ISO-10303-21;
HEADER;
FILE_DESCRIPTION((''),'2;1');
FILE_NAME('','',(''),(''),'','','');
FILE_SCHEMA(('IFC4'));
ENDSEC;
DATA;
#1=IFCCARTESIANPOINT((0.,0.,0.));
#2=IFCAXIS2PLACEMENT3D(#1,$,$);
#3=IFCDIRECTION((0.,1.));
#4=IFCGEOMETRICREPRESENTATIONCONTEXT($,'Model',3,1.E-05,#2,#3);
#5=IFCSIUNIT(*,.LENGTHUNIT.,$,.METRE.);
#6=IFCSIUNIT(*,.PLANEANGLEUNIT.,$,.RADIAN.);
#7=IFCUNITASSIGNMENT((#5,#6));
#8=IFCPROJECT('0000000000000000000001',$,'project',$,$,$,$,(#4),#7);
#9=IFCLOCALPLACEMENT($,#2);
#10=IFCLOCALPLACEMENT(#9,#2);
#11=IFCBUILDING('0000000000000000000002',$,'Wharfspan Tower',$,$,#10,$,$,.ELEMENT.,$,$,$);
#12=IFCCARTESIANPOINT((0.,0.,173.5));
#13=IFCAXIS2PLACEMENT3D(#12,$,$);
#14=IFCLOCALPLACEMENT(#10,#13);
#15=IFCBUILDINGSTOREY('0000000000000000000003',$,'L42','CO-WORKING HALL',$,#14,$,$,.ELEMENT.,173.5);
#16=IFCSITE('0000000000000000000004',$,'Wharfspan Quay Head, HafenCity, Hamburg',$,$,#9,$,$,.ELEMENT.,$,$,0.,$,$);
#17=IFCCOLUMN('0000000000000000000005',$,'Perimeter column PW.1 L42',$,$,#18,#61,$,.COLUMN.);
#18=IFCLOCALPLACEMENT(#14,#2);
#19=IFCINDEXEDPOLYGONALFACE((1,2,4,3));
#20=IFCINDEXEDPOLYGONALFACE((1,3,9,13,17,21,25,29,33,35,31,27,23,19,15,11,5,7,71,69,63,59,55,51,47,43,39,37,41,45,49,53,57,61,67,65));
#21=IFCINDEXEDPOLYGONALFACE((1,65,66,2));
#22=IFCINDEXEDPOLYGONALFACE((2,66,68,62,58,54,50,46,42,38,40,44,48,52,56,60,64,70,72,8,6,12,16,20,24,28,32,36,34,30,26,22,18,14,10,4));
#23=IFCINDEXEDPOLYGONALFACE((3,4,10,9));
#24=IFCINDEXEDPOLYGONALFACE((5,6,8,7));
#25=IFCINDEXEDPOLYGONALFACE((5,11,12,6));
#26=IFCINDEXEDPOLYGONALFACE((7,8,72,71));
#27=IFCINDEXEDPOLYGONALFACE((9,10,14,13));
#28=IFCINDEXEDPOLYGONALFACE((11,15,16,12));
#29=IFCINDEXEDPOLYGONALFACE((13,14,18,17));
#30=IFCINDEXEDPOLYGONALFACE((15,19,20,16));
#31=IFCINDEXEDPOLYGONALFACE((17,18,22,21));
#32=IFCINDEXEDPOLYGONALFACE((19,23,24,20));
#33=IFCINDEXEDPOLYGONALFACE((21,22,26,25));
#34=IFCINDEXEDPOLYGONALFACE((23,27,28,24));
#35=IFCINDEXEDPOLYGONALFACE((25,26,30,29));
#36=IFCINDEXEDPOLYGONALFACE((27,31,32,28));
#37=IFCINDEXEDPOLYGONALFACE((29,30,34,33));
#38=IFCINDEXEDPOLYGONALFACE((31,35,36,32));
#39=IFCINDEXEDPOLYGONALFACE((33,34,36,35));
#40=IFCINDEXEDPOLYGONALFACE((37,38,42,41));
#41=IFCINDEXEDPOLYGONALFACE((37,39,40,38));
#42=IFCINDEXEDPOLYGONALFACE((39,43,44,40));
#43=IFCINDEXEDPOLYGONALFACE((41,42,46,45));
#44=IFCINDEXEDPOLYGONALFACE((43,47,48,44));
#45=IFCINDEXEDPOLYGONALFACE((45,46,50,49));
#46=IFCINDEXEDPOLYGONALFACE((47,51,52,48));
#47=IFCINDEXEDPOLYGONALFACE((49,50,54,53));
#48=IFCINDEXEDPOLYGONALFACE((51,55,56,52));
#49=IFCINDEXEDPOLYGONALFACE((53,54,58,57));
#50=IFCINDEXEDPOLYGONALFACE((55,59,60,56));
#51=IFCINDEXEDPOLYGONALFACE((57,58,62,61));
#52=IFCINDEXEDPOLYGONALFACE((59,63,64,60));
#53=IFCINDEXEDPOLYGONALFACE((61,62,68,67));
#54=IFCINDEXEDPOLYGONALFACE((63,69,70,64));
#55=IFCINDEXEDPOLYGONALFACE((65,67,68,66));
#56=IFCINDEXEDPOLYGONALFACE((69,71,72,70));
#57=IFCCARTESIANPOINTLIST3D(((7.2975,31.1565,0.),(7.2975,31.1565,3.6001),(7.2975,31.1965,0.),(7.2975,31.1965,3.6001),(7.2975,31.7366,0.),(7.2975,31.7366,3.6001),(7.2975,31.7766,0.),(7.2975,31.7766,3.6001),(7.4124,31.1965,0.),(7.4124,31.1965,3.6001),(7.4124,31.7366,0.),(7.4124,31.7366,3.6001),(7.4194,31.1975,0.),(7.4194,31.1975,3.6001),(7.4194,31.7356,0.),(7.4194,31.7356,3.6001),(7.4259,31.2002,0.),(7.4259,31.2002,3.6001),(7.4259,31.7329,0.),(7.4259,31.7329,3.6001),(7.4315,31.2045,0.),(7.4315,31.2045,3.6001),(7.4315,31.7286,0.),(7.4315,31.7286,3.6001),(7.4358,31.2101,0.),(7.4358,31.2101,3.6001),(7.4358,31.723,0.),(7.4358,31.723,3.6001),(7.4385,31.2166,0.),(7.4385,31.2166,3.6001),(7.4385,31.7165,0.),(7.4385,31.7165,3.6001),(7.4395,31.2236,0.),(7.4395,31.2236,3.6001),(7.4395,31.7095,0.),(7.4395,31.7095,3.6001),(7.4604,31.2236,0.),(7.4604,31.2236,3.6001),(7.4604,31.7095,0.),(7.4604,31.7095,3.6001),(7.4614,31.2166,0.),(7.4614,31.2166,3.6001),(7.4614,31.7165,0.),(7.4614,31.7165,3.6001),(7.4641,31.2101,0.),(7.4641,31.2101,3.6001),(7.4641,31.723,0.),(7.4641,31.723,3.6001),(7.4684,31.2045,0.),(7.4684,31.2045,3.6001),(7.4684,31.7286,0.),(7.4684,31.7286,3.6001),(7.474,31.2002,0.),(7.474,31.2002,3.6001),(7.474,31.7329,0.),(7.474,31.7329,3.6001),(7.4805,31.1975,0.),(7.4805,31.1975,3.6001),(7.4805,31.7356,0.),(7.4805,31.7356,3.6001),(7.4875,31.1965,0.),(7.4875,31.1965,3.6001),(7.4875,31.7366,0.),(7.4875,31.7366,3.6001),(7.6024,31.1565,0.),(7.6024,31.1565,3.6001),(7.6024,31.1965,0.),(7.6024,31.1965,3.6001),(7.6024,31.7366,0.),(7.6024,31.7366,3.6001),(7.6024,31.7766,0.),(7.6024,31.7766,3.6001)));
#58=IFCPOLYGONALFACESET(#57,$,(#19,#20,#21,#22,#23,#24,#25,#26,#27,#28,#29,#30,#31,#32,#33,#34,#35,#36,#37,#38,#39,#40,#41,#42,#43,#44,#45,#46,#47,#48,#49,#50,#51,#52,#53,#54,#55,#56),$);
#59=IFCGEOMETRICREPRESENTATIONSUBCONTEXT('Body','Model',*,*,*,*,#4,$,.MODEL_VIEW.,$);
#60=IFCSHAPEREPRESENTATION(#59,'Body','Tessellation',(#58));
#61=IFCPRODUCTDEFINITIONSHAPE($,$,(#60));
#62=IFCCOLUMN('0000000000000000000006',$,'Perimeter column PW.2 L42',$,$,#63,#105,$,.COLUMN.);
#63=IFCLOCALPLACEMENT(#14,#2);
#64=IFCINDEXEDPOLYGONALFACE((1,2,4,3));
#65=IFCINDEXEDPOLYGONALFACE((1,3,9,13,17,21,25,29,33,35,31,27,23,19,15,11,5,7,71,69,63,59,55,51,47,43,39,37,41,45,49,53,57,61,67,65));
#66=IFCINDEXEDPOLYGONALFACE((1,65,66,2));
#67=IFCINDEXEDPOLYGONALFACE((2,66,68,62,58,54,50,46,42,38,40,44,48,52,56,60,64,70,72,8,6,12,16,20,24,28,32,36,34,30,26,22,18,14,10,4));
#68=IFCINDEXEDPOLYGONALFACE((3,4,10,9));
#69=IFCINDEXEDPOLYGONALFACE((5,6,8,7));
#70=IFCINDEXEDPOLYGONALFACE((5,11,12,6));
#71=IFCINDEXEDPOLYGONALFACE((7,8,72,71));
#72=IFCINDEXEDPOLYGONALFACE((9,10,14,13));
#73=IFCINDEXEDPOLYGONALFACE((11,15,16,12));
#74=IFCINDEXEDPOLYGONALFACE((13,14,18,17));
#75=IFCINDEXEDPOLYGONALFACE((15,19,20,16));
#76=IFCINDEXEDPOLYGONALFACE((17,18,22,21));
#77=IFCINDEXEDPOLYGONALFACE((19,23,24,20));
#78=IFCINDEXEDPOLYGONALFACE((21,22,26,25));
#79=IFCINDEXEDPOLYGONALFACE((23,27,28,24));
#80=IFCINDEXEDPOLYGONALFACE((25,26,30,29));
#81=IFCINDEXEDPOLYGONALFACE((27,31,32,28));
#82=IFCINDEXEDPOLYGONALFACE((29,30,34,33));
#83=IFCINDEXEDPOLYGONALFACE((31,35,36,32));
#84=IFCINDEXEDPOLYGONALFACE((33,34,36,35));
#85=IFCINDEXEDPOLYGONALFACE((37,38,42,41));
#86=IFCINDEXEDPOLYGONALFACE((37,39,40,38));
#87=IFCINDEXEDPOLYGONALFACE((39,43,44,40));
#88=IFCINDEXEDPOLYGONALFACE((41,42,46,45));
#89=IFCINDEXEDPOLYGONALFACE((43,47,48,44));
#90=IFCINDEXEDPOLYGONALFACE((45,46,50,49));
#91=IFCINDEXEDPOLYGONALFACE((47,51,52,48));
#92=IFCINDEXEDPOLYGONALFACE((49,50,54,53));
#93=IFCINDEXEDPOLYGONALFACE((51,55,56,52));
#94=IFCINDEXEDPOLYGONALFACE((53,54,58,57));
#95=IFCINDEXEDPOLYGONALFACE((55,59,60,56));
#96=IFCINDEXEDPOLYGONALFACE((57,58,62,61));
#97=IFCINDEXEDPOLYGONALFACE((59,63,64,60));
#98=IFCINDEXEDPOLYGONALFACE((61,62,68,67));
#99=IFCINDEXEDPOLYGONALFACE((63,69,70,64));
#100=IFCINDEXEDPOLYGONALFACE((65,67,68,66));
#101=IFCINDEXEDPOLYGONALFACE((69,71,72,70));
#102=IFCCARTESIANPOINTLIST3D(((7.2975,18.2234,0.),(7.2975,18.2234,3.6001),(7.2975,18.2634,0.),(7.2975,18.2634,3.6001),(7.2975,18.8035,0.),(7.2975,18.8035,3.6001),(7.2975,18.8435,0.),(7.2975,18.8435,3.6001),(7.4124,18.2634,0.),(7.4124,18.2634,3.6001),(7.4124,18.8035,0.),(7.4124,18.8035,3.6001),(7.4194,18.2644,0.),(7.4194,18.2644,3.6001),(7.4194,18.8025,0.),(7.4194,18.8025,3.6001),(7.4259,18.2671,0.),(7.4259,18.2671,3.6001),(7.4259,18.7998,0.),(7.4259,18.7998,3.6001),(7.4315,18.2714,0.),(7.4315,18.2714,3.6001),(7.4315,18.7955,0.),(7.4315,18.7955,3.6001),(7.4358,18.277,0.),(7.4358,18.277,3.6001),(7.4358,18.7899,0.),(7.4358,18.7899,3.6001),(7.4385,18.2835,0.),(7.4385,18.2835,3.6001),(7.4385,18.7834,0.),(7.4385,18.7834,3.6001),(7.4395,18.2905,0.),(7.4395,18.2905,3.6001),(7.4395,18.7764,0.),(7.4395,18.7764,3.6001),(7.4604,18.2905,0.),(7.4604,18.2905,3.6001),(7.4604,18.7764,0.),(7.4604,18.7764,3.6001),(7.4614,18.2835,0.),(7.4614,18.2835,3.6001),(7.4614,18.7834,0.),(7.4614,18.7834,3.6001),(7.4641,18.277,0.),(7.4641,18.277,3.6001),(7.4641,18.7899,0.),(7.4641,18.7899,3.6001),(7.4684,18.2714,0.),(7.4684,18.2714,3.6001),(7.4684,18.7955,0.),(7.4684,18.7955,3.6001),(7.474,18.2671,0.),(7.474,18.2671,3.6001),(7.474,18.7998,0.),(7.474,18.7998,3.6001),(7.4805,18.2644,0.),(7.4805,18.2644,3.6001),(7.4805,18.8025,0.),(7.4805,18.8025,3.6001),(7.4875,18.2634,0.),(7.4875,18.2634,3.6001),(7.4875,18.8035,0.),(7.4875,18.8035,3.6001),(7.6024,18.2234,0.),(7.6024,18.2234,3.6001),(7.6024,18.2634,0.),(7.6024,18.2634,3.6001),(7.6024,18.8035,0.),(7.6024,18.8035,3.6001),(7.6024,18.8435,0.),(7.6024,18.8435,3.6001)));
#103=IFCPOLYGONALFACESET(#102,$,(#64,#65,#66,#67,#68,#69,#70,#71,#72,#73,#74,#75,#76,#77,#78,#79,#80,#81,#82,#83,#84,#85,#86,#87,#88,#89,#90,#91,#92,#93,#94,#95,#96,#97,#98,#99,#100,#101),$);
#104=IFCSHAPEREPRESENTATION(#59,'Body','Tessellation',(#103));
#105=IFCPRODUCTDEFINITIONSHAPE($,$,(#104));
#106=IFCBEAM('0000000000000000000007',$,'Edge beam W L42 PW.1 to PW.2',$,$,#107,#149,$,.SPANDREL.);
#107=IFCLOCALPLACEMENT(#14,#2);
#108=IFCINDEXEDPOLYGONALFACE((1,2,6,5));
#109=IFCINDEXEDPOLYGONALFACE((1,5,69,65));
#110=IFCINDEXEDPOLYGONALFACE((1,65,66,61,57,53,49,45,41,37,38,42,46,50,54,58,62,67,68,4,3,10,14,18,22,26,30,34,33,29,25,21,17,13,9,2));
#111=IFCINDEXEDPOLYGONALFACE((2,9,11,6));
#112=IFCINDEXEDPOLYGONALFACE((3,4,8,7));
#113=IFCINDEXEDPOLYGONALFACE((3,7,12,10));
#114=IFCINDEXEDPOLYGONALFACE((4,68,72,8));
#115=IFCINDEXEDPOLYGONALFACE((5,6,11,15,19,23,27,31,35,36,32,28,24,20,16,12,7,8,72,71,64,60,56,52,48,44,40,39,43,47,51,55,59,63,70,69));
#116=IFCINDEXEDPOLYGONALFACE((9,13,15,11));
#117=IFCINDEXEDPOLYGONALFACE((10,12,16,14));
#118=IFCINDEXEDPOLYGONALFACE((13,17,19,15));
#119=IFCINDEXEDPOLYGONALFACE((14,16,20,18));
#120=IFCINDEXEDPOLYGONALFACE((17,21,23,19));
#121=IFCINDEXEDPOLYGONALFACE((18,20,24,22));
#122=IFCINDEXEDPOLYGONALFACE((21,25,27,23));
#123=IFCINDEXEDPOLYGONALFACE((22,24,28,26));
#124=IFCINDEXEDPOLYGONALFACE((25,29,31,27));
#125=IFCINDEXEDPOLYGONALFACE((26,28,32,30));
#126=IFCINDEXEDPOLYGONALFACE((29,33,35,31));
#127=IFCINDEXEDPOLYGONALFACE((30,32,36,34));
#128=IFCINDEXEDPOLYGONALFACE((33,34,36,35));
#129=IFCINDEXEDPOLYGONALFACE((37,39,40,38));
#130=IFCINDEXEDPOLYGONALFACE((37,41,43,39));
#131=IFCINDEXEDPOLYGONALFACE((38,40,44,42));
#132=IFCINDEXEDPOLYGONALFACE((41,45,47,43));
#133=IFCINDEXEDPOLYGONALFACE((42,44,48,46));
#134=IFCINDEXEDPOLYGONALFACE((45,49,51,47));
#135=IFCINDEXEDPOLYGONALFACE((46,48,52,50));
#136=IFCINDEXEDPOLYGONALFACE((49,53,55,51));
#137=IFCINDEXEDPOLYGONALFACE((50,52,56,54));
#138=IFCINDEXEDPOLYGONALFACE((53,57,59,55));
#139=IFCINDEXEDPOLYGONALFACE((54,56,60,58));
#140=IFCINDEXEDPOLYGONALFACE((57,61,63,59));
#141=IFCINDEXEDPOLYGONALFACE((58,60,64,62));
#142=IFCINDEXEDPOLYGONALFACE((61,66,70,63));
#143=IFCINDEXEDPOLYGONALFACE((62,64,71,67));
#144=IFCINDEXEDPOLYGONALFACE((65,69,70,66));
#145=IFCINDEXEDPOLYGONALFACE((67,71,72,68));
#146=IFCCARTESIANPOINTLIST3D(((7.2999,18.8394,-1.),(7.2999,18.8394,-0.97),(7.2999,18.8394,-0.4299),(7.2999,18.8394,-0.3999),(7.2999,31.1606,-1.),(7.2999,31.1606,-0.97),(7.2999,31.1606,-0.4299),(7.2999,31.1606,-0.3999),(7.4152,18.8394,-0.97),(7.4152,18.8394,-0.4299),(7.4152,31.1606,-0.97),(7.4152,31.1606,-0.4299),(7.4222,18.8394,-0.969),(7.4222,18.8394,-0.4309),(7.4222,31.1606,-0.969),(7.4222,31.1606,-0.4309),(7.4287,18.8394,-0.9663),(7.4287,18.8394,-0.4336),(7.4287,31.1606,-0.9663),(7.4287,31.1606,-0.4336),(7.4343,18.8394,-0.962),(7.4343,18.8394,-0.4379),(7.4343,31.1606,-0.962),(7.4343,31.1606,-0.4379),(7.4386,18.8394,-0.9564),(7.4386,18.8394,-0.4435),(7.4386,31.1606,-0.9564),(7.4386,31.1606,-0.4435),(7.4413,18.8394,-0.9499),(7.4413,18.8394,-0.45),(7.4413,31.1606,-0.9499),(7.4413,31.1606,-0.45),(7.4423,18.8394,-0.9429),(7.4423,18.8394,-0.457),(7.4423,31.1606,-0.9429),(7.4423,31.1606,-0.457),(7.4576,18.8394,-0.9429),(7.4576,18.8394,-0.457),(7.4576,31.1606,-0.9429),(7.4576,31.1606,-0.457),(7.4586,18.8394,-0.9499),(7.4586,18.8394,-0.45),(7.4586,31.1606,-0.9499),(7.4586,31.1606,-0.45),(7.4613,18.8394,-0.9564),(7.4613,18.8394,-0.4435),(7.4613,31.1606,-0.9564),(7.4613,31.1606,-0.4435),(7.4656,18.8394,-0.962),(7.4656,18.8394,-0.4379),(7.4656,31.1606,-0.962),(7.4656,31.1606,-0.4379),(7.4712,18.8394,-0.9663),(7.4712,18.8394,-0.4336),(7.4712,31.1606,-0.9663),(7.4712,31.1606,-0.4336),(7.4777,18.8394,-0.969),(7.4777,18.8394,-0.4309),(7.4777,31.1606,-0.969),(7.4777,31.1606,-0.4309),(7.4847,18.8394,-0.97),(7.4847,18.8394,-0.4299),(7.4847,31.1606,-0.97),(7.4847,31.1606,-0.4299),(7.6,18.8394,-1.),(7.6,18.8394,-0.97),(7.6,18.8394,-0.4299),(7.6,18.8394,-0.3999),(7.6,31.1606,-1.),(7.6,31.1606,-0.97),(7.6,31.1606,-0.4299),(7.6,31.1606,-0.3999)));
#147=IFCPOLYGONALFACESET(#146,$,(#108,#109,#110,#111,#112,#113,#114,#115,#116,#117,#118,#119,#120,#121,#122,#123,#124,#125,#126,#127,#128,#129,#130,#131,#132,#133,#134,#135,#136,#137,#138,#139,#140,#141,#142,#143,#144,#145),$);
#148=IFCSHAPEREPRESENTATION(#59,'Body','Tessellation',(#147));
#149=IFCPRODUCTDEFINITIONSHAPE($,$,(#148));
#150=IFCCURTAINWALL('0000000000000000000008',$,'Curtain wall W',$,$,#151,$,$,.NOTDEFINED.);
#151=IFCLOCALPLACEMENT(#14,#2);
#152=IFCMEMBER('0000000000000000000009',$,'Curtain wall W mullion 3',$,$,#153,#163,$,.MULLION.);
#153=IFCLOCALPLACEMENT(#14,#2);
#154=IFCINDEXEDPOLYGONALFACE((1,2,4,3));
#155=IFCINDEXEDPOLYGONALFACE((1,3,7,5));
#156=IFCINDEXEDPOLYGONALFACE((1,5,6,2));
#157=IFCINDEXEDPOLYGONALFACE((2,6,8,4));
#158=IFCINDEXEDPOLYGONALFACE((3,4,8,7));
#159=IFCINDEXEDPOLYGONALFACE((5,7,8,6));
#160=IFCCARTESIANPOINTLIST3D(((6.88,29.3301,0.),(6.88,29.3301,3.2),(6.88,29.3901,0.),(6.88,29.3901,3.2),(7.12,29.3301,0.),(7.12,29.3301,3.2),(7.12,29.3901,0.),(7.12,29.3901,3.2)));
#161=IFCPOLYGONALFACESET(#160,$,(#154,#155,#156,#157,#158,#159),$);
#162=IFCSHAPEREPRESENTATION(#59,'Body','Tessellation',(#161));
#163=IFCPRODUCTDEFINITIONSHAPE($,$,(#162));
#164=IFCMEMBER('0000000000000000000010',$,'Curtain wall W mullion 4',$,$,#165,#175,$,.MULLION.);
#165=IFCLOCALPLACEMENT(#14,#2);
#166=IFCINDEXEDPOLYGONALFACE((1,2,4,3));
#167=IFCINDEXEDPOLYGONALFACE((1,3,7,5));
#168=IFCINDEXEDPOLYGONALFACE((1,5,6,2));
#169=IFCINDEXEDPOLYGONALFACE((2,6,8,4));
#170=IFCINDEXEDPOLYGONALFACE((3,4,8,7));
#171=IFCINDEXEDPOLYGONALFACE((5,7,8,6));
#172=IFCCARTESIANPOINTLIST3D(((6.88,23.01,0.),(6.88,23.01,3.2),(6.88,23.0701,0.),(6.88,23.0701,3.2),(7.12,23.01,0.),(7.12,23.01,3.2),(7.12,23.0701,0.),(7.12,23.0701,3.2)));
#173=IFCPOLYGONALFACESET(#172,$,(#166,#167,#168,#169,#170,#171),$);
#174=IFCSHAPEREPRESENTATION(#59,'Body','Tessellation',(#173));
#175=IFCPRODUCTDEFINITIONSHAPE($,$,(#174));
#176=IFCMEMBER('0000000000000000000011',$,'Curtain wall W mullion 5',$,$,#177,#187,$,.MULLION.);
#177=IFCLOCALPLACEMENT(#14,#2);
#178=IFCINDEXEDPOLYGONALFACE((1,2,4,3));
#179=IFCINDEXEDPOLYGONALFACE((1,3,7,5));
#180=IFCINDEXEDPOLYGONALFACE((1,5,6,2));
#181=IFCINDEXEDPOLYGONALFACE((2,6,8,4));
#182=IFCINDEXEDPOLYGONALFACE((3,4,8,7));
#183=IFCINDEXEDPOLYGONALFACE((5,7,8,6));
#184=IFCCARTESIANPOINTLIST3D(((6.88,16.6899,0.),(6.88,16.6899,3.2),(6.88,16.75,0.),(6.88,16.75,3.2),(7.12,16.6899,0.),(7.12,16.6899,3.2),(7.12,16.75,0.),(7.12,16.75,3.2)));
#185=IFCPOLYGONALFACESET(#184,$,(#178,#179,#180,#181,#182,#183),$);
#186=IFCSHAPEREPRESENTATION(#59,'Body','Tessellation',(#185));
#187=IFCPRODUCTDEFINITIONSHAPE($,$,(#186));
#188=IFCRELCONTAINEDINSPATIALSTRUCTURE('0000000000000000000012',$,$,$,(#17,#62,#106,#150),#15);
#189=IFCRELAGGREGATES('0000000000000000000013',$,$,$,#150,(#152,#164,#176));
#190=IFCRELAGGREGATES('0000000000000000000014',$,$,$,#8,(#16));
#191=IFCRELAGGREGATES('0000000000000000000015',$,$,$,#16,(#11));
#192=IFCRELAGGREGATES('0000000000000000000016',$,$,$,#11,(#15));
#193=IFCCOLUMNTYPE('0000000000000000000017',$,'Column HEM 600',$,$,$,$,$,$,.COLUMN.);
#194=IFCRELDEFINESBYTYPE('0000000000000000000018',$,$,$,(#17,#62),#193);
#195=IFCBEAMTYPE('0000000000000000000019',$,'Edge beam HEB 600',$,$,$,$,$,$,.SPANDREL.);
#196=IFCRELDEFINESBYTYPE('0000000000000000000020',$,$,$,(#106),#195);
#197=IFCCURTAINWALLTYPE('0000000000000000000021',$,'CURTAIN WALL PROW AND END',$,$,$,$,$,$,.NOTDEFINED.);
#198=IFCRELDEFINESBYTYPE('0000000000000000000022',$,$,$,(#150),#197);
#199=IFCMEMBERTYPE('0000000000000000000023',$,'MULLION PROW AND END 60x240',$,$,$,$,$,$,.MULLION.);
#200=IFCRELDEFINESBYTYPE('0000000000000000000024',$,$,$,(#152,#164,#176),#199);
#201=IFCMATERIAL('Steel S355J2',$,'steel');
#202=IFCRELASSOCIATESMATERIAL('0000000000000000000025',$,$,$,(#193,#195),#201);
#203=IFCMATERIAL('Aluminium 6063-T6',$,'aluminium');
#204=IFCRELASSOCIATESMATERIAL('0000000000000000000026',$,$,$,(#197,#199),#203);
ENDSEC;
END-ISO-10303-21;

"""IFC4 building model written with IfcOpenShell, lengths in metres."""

from ifc_helpers import new_model, si_unit, direction, frame, origin, origin_2d, place, context, subcontext, project, spatial, rectangle, i_section, extrude, material, material_profile, profile_set, type_object, element, aggregate, save


model = new_model("IFC4")

# Units and contexts
model_context = context("Model", 3, precision=1e-05, world=origin(), true_north=direction((0.0, 1.0)))
body_context = subcontext(model_context, "Body", "Model", "MODEL_VIEW")
ifc_project = project(units=[si_unit("LENGTHUNIT", "METRE"), si_unit("PLANEANGLEUNIT", "RADIAN")], contexts=[model_context])

# Site, building, storey
site_placement = place(None, origin())
site = spatial("IfcSite", under=ifc_project, at=site_placement, Name="Wharfspan Quay Head, HafenCity, Hamburg", CompositionType="ELEMENT", RefElevation=0.0)
building_placement = place(site_placement, origin())
building = spatial("IfcBuilding", under=site, at=building_placement, Name="Wharfspan Tower", CompositionType="ELEMENT")
storey_placement = place(building_placement, frame((0.0, 0.0, 173.5)))
storey = spatial("IfcBuildingStorey", under=building, at=storey_placement, Name="L42", Description="CO-WORKING HALL", CompositionType="ELEMENT", Elevation=173.5)

# Columns
ifc_material_1 = material(Name="Steel S355J2", Category="steel")
ifc_material_profile_1 = material_profile(ifc_material_1, i_section(OverallWidth=0.3049, OverallDepth=0.6201, WebThickness=0.021, FlangeThickness=0.04, FilletRadius=0.0271, at=origin_2d()))
ifc_profile_set_1 = profile_set([ifc_material_profile_1], Name="Steel S355J2")
column_type = type_object("IfcColumnType", Name="Column HEM 600", PredefinedType="COLUMN", material=ifc_profile_set_1)
for number, where, z_axis, x_axis, name in (
    (1, (7.45, 31.4666, 0.0), (0.0, 0.0, 1.0), (-1.0, 0.0, 0.0), "Perimeter column PW.1 L42"),
    (2, (7.45, 18.5334, 0.0), (0.0, 0.0, 1.0), (-1.0, 0.0, 0.0), "Perimeter column PW.2 L42"),
):
    element("IfcColumn", number, at=place(storey_placement, frame(where, z_axis=z_axis, x_axis=x_axis)), inside=storey, type_object=column_type, Name=name, PredefinedType="COLUMN", context=body_context, shape_type="SweptSolid", body=[
        extrude(i_section(OverallWidth=0.3049, OverallDepth=0.6201, WebThickness=0.021, FlangeThickness=0.04, FilletRadius=0.0271, at=origin_2d()), origin(), (0.0, 0.0, 1.0), 3.6001),
    ])

# Beam
ifc_material_profile_2 = material_profile(ifc_material_1, i_section(OverallWidth=0.3, OverallDepth=0.6001, WebThickness=0.0154, FlangeThickness=0.03, FilletRadius=0.0271, at=origin_2d()))
ifc_profile_set_2 = profile_set([ifc_material_profile_2], Name="Steel S355J2")
beam_type = type_object("IfcBeamType", Name="Edge beam HEB 600", PredefinedType="SPANDREL", material=ifc_profile_set_2)
beam_placement = place(storey_placement, frame((7.45, 31.1606, -0.7), z_axis=(0.0, -1.0, 0.0), x_axis=(1.0, 0.0, 0.0)))
element("IfcBeam", 3, at=beam_placement, inside=storey, type_object=beam_type, Name="Edge beam W L42 PW.1 to PW.2", PredefinedType="SPANDREL", context=body_context, shape_type="SweptSolid", body=[
    extrude(i_section(OverallWidth=0.3, OverallDepth=0.6001, WebThickness=0.0154, FlangeThickness=0.03, FilletRadius=0.0271, at=origin_2d()), origin(), (0.0, 0.0, 1.0), 12.3213),
])

# Curtain wall, members
ifc_material_2 = material(Name="Aluminium 6063-T6", Category="aluminium")
curtain_wall_type = type_object("IfcCurtainWallType", Name="CURTAIN WALL PROW AND END", PredefinedType="NOTDEFINED", material=ifc_material_2)
curtain_wall_placement = place(storey_placement, origin())
curtain_wall = element("IfcCurtainWall", 4, at=curtain_wall_placement, inside=storey, type_object=curtain_wall_type, Name="Curtain wall W", PredefinedType="NOTDEFINED")
ifc_material_profile_3 = material_profile(ifc_material_2, rectangle(XDim=0.24, YDim=0.0601, at=origin_2d()))
ifc_profile_set_3 = profile_set([ifc_material_profile_3], Name="Aluminium 6063-T6")
member_type_1 = type_object("IfcMemberType", Name="MULLION PROW AND END 60x240", PredefinedType="MULLION", material=ifc_profile_set_3)
member_1_placement = place(storey_placement, frame((7.0, 29.3601, 0.0), z_axis=(0.0, 0.0, 1.0), x_axis=(1.0, 0.0, 0.0)))
member_1 = element("IfcMember", 5, at=member_1_placement, type_object=member_type_1, Name="Curtain wall W mullion 3", PredefinedType="MULLION", context=body_context, shape_type="SweptSolid", body=[
    extrude(rectangle(XDim=0.24, YDim=0.0601, at=origin_2d()), origin(), (0.0, 0.0, 1.0), 3.2),
])
member_2_placement = place(storey_placement, frame((7.0, 23.04, 0.0), z_axis=(0.0, 0.0, 1.0), x_axis=(1.0, 0.0, 0.0)))
member_2 = element("IfcMember", 6, at=member_2_placement, type_object=member_type_1, Name="Curtain wall W mullion 4", PredefinedType="MULLION", context=body_context, shape_type="SweptSolid", body=[
    extrude(rectangle(XDim=0.24, YDim=0.0601, at=origin_2d()), origin(), (0.0, 0.0, 1.0), 3.2),
])
member_3_placement = place(storey_placement, frame((7.0, 16.72, 0.0), z_axis=(0.0, 0.0, 1.0), x_axis=(1.0, 0.0, 0.0)))
member_3 = element("IfcMember", 7, at=member_3_placement, type_object=member_type_1, Name="Curtain wall W mullion 5", PredefinedType="MULLION", context=body_context, shape_type="SweptSolid", body=[
    extrude(rectangle(XDim=0.24, YDim=0.0601, at=origin_2d()), origin(), (0.0, 0.0, 1.0), 3.2),
])

aggregate(curtain_wall, [member_1, member_2, member_3])

save(model, "model.ifc")
